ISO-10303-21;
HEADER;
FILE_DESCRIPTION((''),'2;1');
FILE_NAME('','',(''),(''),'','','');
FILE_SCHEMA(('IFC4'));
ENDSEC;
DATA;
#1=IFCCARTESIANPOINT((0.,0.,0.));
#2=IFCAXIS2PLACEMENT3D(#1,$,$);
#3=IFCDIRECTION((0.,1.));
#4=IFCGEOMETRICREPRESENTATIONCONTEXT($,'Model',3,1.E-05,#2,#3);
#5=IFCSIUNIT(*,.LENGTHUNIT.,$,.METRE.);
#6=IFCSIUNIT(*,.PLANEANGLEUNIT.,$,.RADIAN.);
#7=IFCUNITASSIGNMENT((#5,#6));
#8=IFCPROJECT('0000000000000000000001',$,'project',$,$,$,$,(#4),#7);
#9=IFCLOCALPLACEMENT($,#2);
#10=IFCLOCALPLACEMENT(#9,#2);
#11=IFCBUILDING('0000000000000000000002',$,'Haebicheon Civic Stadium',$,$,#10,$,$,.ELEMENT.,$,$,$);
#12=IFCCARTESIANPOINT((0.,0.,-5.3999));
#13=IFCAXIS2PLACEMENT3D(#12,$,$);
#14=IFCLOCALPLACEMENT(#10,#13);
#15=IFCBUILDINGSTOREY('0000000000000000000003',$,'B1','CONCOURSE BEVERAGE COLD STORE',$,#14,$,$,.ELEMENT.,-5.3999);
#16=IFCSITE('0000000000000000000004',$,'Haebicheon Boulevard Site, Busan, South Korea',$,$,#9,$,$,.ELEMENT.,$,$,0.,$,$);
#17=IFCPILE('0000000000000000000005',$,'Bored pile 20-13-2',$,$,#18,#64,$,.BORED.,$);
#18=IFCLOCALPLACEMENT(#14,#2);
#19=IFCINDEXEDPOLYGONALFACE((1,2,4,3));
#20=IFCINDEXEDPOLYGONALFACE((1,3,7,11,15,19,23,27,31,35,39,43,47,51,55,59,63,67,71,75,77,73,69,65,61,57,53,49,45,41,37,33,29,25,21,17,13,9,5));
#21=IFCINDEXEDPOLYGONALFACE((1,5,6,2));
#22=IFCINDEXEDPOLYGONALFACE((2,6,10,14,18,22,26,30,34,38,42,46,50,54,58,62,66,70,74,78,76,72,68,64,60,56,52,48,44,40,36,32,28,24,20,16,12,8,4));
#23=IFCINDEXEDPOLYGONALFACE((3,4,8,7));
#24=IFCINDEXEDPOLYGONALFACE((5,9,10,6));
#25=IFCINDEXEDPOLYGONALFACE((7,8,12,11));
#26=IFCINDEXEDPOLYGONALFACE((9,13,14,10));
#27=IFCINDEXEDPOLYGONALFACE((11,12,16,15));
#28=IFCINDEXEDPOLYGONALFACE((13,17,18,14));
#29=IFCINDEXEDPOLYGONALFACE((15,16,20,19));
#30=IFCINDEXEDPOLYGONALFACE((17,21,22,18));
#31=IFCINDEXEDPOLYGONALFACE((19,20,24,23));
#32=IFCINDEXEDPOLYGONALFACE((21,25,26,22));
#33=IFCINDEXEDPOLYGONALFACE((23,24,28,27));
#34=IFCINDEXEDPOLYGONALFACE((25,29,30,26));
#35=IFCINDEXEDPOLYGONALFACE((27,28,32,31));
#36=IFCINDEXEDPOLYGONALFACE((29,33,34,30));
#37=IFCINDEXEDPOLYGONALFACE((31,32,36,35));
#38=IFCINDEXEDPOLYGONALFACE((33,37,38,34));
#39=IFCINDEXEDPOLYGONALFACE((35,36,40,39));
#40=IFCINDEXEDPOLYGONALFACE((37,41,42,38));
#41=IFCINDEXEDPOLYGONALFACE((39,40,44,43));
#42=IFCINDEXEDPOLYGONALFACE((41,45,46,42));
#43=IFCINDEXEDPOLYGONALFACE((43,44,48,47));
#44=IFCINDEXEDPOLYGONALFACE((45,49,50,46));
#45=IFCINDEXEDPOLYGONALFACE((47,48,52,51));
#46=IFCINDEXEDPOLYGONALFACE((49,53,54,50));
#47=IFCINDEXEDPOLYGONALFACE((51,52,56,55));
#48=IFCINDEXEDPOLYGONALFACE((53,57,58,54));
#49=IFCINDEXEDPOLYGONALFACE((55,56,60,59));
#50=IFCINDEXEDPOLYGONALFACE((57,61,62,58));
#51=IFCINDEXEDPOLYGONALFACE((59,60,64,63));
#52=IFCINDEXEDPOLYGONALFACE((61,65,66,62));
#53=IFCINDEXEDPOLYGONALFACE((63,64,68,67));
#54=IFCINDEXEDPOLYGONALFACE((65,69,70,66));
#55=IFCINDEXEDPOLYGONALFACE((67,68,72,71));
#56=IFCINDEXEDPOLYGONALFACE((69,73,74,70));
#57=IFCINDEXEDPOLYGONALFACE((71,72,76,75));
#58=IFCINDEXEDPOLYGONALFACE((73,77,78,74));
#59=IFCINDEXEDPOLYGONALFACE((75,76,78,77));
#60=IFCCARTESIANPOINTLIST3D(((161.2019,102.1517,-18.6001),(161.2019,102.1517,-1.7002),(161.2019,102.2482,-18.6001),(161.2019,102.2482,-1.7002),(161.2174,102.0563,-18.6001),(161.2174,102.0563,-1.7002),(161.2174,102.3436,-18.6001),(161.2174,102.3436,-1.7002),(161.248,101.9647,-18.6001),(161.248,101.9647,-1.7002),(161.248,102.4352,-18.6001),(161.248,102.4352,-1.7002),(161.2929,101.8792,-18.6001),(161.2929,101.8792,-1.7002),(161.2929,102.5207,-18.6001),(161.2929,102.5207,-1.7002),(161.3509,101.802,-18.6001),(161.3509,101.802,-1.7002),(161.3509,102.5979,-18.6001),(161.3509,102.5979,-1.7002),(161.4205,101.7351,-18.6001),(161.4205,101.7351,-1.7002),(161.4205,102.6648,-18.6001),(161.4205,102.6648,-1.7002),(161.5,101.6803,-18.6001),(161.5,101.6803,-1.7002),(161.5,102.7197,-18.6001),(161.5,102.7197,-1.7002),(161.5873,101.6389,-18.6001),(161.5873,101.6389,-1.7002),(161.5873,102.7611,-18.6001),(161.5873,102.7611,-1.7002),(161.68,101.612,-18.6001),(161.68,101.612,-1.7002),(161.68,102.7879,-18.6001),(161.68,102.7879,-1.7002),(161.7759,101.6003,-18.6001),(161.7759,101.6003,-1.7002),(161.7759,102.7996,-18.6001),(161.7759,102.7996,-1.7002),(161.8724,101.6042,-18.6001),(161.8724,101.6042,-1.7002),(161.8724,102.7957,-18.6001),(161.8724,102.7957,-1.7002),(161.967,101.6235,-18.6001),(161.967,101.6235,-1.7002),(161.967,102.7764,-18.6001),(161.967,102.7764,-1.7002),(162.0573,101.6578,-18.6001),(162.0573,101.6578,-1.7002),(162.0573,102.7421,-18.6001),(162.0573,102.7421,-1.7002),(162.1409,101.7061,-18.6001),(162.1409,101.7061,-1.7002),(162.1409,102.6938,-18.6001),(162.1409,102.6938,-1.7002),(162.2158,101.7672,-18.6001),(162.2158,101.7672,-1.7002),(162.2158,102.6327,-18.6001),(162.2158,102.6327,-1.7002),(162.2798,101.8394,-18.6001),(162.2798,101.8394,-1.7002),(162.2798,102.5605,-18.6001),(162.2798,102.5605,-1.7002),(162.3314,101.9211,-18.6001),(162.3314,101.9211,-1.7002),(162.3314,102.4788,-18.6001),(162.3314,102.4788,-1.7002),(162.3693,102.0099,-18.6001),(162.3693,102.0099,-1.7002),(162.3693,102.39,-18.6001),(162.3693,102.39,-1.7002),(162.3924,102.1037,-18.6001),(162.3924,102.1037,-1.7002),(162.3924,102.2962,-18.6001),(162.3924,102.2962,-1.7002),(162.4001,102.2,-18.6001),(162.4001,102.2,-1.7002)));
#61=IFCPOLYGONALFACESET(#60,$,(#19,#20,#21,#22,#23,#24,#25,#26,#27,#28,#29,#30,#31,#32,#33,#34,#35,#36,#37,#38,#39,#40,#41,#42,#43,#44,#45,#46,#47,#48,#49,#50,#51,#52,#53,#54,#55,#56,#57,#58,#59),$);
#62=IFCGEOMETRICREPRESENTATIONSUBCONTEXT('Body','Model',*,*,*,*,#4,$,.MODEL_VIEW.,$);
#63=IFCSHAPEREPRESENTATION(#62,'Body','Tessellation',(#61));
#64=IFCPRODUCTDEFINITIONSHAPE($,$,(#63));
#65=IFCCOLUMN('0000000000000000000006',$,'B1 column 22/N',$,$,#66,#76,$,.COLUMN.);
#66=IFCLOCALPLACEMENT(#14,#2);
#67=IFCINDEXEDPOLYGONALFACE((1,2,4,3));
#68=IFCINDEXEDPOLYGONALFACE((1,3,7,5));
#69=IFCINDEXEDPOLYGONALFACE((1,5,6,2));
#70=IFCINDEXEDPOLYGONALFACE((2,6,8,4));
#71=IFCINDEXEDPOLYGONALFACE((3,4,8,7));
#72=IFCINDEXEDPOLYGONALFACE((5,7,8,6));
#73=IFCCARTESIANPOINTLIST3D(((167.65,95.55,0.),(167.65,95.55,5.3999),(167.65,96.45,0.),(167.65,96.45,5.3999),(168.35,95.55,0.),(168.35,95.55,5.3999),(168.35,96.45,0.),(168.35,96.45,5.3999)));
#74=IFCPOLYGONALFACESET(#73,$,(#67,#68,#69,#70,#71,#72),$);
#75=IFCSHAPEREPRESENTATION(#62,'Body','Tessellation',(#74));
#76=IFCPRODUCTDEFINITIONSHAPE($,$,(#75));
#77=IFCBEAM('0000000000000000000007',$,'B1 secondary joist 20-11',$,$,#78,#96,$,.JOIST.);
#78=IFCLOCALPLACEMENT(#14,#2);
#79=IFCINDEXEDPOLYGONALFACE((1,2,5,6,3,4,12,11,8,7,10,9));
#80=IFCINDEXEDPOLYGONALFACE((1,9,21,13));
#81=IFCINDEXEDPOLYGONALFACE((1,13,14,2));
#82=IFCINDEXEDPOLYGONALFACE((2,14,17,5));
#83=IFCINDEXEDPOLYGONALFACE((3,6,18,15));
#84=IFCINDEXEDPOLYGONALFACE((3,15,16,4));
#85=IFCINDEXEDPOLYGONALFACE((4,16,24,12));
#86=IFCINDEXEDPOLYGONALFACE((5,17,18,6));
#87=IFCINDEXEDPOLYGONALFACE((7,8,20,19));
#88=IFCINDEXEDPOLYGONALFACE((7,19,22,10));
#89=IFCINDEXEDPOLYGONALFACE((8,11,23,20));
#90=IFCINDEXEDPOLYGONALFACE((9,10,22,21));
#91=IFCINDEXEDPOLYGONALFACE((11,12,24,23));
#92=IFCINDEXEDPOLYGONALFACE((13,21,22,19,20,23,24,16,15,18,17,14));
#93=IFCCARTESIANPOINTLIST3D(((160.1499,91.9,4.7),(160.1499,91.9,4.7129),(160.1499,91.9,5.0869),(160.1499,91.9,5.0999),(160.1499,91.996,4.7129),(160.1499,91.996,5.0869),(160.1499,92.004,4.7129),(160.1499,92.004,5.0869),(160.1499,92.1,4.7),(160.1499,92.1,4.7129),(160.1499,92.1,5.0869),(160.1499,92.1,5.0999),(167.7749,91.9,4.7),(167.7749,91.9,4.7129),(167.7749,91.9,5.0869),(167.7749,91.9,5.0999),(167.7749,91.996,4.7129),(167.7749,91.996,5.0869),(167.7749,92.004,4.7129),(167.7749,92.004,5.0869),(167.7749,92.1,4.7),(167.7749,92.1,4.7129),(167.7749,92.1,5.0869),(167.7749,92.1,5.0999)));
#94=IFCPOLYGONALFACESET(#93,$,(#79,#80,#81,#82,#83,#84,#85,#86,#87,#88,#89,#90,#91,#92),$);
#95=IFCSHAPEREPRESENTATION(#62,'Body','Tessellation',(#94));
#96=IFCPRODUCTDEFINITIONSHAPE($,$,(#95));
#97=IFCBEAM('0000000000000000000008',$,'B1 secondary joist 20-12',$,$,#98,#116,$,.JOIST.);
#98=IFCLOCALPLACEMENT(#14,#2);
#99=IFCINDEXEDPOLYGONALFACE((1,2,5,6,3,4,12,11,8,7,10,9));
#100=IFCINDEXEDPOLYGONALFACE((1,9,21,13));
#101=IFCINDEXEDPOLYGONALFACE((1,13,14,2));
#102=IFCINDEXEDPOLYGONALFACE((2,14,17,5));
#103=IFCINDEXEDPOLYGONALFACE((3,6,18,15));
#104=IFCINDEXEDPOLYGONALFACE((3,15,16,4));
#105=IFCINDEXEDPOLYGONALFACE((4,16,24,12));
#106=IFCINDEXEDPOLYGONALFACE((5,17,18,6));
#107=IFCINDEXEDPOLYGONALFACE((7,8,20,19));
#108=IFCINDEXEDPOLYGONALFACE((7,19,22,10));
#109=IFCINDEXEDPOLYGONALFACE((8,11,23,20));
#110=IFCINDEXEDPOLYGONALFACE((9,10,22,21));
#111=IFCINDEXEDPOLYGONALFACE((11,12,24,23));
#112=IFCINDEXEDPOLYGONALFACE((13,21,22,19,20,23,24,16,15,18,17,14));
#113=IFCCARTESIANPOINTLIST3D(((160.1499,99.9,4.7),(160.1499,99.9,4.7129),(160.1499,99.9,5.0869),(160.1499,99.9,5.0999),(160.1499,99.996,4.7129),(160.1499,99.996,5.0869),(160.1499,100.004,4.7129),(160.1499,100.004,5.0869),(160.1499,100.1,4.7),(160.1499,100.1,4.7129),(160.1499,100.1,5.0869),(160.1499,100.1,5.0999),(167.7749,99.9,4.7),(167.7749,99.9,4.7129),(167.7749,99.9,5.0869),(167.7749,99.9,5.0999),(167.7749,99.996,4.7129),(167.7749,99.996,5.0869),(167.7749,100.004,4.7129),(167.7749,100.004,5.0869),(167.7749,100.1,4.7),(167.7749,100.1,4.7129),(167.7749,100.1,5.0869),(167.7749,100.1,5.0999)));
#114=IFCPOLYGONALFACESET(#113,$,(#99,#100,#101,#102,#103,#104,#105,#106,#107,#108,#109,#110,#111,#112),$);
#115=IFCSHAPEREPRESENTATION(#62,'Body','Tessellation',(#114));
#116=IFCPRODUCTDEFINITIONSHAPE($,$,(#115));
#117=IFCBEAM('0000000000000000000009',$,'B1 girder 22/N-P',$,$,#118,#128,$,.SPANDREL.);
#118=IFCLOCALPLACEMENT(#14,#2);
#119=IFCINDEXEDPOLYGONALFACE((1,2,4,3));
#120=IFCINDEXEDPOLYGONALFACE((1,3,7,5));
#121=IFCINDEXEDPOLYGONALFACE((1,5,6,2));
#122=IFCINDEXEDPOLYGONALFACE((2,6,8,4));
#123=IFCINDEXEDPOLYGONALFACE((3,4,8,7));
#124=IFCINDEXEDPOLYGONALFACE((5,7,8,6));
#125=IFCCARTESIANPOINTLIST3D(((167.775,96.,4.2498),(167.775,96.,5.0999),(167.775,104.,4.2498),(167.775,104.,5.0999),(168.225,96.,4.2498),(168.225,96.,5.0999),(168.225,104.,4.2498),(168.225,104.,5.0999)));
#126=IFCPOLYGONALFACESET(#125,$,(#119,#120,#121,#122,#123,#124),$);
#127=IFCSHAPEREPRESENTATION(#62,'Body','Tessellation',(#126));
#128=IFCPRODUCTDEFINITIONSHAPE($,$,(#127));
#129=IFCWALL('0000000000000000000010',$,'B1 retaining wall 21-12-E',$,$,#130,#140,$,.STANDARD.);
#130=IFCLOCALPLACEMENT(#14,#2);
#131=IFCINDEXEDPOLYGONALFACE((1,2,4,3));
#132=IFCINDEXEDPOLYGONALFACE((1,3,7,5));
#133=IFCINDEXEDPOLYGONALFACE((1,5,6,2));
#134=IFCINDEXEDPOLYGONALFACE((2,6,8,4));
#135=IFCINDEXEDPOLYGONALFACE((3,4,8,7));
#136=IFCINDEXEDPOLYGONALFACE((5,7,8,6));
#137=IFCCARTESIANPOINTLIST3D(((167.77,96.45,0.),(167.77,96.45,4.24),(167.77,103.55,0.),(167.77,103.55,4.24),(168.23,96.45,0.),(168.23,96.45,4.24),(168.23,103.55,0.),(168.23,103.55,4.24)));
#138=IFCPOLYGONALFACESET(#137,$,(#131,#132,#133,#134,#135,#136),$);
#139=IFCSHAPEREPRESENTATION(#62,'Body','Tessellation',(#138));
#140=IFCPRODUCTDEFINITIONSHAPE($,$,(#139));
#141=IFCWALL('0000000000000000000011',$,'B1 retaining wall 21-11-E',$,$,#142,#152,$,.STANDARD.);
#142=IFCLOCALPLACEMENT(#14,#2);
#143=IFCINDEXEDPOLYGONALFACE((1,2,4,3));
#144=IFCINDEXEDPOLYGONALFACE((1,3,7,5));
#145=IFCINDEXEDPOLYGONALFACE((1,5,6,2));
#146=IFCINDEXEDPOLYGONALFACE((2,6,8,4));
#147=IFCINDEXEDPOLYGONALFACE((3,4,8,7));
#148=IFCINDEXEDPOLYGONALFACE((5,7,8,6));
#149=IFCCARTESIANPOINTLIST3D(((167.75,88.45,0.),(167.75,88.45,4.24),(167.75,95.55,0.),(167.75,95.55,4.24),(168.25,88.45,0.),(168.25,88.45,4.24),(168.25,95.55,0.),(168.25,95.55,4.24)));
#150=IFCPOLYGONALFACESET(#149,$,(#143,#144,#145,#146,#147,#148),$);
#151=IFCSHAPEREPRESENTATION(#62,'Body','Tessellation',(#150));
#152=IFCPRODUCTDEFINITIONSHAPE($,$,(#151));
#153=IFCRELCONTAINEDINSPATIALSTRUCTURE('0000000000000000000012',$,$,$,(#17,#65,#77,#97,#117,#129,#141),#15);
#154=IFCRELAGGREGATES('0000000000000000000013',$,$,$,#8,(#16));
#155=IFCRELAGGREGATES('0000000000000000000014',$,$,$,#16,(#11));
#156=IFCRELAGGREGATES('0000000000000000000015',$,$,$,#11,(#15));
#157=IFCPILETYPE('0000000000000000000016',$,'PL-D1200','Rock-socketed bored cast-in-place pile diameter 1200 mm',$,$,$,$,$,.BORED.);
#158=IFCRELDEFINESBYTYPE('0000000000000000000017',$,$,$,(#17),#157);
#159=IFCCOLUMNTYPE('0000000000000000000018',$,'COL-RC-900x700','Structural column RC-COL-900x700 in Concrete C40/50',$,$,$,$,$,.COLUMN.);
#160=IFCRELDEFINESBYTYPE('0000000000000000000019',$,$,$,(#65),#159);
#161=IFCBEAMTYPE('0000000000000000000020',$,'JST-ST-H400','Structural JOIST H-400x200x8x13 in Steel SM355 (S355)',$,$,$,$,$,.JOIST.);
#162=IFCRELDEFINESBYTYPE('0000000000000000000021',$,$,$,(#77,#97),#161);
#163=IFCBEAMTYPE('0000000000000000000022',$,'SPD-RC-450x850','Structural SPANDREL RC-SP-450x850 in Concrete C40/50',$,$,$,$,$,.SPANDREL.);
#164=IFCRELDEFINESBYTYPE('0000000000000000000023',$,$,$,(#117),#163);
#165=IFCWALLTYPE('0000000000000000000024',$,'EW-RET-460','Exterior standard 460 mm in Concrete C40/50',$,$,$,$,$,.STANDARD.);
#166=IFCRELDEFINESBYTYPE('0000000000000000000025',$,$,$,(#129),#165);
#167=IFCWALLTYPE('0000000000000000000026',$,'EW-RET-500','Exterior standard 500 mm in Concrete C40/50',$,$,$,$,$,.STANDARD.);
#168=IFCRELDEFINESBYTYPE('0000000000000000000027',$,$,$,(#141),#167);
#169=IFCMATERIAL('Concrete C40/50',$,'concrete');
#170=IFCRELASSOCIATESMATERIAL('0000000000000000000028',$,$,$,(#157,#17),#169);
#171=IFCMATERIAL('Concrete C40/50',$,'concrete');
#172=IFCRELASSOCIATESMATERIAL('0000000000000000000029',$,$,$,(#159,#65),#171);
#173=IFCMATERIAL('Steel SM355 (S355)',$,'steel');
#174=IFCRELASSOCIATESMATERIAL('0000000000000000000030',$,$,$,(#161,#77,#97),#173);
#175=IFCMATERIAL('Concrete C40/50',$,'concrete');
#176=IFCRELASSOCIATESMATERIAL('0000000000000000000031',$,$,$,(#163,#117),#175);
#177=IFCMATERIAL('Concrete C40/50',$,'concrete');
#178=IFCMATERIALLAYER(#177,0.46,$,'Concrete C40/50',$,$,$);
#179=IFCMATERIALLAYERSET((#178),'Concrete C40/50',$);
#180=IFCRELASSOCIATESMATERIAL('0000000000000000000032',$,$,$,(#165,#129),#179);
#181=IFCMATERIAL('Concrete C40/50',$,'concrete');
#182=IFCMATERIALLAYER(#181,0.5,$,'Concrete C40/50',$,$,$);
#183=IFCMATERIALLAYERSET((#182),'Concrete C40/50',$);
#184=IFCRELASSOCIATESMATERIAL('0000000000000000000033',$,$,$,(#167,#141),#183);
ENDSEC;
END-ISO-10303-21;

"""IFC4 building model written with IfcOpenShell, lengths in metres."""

from ifc_helpers import new_model, si_unit, direction, frame, frame_2d, origin, origin_2d, place, context, subcontext, project, spatial, rectangle, circle, i_section, extrude, material, layer, layer_set, material_profile, profile_set, type_object, element, save


model = new_model("IFC4")

# Units and contexts
model_context = context("Model", 3, precision=1e-05, world=origin(), true_north=direction((0.0, 1.0)))
body_context = subcontext(model_context, "Body", "Model", "MODEL_VIEW")
ifc_project = project(units=[si_unit("LENGTHUNIT", "METRE"), si_unit("PLANEANGLEUNIT", "RADIAN")], contexts=[model_context])

# Site, building, storey
site_placement = place(None, origin())
site = spatial("IfcSite", under=ifc_project, at=site_placement, Name="Haebicheon Boulevard Site, Busan, South Korea", CompositionType="ELEMENT", RefElevation=0.0)
building_placement = place(site_placement, origin())
building = spatial("IfcBuilding", under=site, at=building_placement, Name="Haebicheon Civic Stadium", CompositionType="ELEMENT")
storey_placement = place(building_placement, frame((0.0, 0.0, -5.3999)))
storey = spatial("IfcBuildingStorey", under=building, at=storey_placement, Name="B1", Description="CONCOURSE BEVERAGE COLD STORE", CompositionType="ELEMENT", Elevation=-5.3999)

# Pile
ifc_material_1 = material(Name="Concrete C40/50", Category="concrete")
ifc_material_profile_1 = material_profile(ifc_material_1, circle(Radius=0.6001, at=origin_2d()), Name="PILE-D1200")
ifc_profile_set_1 = profile_set([ifc_material_profile_1], Name="Concrete C40/50")
pile_type_1 = type_object("IfcPileType", Name="PL-D1200", Description="Rock-socketed bored cast-in-place pile diameter 1200 mm", PredefinedType="BORED", material=ifc_profile_set_1)
for number, where, z_axis, x_axis, name in (
    (1, (161.8, 102.2, -1.7002), (0.0, 0.0, -1.0), (1.0, 0.0, 0.0), "Bored pile 20-13-2"),
):
    element("IfcPile", number, at=place(storey_placement, frame(where, z_axis=z_axis, x_axis=x_axis)), inside=storey, type_object=pile_type_1, material=ifc_profile_set_1, Name=name, PredefinedType="BORED", context=body_context, shape_type="SweptSolid", body=[
        extrude(circle(Radius=0.6001, at=origin_2d()), origin(), (0.0, 0.0, 1.0), 16.8999),
    ])

# Column
ifc_material_2 = material(Name="Concrete C40/50", Category="concrete")
ifc_material_profile_2 = material_profile(ifc_material_2, rectangle(XDim=0.7, YDim=0.8999, at=origin_2d()), Name="RC-COL-900x700")
ifc_profile_set_2 = profile_set([ifc_material_profile_2], Name="Concrete C40/50")
column_type = type_object("IfcColumnType", Name="COL-RC-900x700", Description="Structural column RC-COL-900x700 in Concrete C40/50", PredefinedType="COLUMN", material=ifc_profile_set_2)
column_placement = place(storey_placement, frame((168.0, 96.0, 0.0), z_axis=(0.0, 0.0, 1.0), x_axis=(1.0, 0.0, 0.0)))
element("IfcColumn", 2, at=column_placement, inside=storey, type_object=column_type, material=ifc_profile_set_2, Name="B1 column 22/N", PredefinedType="COLUMN", context=body_context, shape_type="SweptSolid", body=[
    extrude(rectangle(XDim=0.7, YDim=0.8999, at=origin_2d()), origin(), (0.0, 0.0, 1.0), 5.3999),
])

# Beams
ifc_material_3 = material(Name="Steel SM355 (S355)", Category="steel")
ifc_material_profile_3 = material_profile(ifc_material_3, i_section(OverallWidth=0.2, OverallDepth=0.3999, WebThickness=0.0081, FlangeThickness=0.0129, at=origin_2d()), Name="H-400x200x8x13")
ifc_profile_set_3 = profile_set([ifc_material_profile_3], Name="Steel SM355 (S355)")
beam_type_1 = type_object("IfcBeamType", Name="JST-ST-H400", Description="Structural JOIST H-400x200x8x13 in Steel SM355 (S355)", PredefinedType="JOIST", material=ifc_profile_set_3)
for number, where, z_axis, x_axis, name in (
    (3, (160.1499, 92.0, 4.8999), (1.0, 0.0, 0.0), (0.0, 1.0, 0.0), "B1 secondary joist 20-11"),
    (4, (160.1499, 100.0, 4.8999), (1.0, 0.0, 0.0), (0.0, 1.0, 0.0), "B1 secondary joist 20-12"),
):
    element("IfcBeam", number, at=place(storey_placement, frame(where, z_axis=z_axis, x_axis=x_axis)), inside=storey, type_object=beam_type_1, material=ifc_profile_set_3, Name=name, PredefinedType="JOIST", context=body_context, shape_type="SweptSolid", body=[
        extrude(i_section(OverallWidth=0.2, OverallDepth=0.3999, WebThickness=0.0081, FlangeThickness=0.0129, at=origin_2d()), origin(), (0.0, 0.0, 1.0), 7.625),
    ])
ifc_material_4 = material(Name="Concrete C40/50", Category="concrete")
ifc_material_profile_4 = material_profile(ifc_material_4, rectangle(XDim=0.45, YDim=0.8501, at=origin_2d()), Name="RC-SP-450x850")
ifc_profile_set_4 = profile_set([ifc_material_profile_4], Name="Concrete C40/50")
beam_type_2 = type_object("IfcBeamType", Name="SPD-RC-450x850", Description="Structural SPANDREL RC-SP-450x850 in Concrete C40/50", PredefinedType="SPANDREL", material=ifc_profile_set_4)
beam_placement = place(storey_placement, frame((168.0, 96.0, 4.6748), z_axis=(0.0, 1.0, 0.0), x_axis=(-1.0, 0.0, 0.0)))
element("IfcBeam", 5, at=beam_placement, inside=storey, type_object=beam_type_2, material=ifc_profile_set_4, Name="B1 girder 22/N-P", PredefinedType="SPANDREL", context=body_context, shape_type="SweptSolid", body=[
    extrude(rectangle(XDim=0.45, YDim=0.8501, at=origin_2d()), origin(), (0.0, 0.0, 1.0), 8.0),
])

# Walls
ifc_material_5 = material(Name="Concrete C40/50", Category="concrete")
ifc_layer_1 = layer(ifc_material_5, 0.46, Name="Concrete C40/50")
ifc_layer_set_1 = layer_set([ifc_layer_1], Name="Concrete C40/50")
wall_type_1 = type_object("IfcWallType", Name="EW-RET-460", Description="Exterior standard 460 mm in Concrete C40/50", PredefinedType="STANDARD", material=ifc_layer_set_1)
wall_1_placement = place(storey_placement, frame((168.0, 96.45, 0.0), z_axis=(0.0, 0.0, 1.0), x_axis=(0.0, 1.0, 0.0)))
element("IfcWall", 6, at=wall_1_placement, inside=storey, type_object=wall_type_1, material=ifc_layer_set_1, Name="B1 retaining wall 21-12-E", PredefinedType="STANDARD", context=body_context, shape_type="SweptSolid", body=[
    extrude(rectangle(XDim=7.1001, YDim=0.46, at=frame_2d((3.55, 0.0))), origin(), (0.0, 0.0, 1.0), 4.24),
])
ifc_material_6 = material(Name="Concrete C40/50", Category="concrete")
ifc_layer_2 = layer(ifc_material_6, 0.5, Name="Concrete C40/50")
ifc_layer_set_2 = layer_set([ifc_layer_2], Name="Concrete C40/50")
wall_type_2 = type_object("IfcWallType", Name="EW-RET-500", Description="Exterior standard 500 mm in Concrete C40/50", PredefinedType="STANDARD", material=ifc_layer_set_2)
wall_2_placement = place(storey_placement, frame((168.0, 88.45, 0.0), z_axis=(0.0, 0.0, 1.0), x_axis=(0.0, 1.0, 0.0)))
element("IfcWall", 7, at=wall_2_placement, inside=storey, type_object=wall_type_2, material=ifc_layer_set_2, Name="B1 retaining wall 21-11-E", PredefinedType="STANDARD", context=body_context, shape_type="SweptSolid", body=[
    extrude(rectangle(XDim=7.1001, YDim=0.5, at=frame_2d((3.55, 0.0))), origin(), (0.0, 0.0, 1.0), 4.24),
])

save(model, "model.ifc")
